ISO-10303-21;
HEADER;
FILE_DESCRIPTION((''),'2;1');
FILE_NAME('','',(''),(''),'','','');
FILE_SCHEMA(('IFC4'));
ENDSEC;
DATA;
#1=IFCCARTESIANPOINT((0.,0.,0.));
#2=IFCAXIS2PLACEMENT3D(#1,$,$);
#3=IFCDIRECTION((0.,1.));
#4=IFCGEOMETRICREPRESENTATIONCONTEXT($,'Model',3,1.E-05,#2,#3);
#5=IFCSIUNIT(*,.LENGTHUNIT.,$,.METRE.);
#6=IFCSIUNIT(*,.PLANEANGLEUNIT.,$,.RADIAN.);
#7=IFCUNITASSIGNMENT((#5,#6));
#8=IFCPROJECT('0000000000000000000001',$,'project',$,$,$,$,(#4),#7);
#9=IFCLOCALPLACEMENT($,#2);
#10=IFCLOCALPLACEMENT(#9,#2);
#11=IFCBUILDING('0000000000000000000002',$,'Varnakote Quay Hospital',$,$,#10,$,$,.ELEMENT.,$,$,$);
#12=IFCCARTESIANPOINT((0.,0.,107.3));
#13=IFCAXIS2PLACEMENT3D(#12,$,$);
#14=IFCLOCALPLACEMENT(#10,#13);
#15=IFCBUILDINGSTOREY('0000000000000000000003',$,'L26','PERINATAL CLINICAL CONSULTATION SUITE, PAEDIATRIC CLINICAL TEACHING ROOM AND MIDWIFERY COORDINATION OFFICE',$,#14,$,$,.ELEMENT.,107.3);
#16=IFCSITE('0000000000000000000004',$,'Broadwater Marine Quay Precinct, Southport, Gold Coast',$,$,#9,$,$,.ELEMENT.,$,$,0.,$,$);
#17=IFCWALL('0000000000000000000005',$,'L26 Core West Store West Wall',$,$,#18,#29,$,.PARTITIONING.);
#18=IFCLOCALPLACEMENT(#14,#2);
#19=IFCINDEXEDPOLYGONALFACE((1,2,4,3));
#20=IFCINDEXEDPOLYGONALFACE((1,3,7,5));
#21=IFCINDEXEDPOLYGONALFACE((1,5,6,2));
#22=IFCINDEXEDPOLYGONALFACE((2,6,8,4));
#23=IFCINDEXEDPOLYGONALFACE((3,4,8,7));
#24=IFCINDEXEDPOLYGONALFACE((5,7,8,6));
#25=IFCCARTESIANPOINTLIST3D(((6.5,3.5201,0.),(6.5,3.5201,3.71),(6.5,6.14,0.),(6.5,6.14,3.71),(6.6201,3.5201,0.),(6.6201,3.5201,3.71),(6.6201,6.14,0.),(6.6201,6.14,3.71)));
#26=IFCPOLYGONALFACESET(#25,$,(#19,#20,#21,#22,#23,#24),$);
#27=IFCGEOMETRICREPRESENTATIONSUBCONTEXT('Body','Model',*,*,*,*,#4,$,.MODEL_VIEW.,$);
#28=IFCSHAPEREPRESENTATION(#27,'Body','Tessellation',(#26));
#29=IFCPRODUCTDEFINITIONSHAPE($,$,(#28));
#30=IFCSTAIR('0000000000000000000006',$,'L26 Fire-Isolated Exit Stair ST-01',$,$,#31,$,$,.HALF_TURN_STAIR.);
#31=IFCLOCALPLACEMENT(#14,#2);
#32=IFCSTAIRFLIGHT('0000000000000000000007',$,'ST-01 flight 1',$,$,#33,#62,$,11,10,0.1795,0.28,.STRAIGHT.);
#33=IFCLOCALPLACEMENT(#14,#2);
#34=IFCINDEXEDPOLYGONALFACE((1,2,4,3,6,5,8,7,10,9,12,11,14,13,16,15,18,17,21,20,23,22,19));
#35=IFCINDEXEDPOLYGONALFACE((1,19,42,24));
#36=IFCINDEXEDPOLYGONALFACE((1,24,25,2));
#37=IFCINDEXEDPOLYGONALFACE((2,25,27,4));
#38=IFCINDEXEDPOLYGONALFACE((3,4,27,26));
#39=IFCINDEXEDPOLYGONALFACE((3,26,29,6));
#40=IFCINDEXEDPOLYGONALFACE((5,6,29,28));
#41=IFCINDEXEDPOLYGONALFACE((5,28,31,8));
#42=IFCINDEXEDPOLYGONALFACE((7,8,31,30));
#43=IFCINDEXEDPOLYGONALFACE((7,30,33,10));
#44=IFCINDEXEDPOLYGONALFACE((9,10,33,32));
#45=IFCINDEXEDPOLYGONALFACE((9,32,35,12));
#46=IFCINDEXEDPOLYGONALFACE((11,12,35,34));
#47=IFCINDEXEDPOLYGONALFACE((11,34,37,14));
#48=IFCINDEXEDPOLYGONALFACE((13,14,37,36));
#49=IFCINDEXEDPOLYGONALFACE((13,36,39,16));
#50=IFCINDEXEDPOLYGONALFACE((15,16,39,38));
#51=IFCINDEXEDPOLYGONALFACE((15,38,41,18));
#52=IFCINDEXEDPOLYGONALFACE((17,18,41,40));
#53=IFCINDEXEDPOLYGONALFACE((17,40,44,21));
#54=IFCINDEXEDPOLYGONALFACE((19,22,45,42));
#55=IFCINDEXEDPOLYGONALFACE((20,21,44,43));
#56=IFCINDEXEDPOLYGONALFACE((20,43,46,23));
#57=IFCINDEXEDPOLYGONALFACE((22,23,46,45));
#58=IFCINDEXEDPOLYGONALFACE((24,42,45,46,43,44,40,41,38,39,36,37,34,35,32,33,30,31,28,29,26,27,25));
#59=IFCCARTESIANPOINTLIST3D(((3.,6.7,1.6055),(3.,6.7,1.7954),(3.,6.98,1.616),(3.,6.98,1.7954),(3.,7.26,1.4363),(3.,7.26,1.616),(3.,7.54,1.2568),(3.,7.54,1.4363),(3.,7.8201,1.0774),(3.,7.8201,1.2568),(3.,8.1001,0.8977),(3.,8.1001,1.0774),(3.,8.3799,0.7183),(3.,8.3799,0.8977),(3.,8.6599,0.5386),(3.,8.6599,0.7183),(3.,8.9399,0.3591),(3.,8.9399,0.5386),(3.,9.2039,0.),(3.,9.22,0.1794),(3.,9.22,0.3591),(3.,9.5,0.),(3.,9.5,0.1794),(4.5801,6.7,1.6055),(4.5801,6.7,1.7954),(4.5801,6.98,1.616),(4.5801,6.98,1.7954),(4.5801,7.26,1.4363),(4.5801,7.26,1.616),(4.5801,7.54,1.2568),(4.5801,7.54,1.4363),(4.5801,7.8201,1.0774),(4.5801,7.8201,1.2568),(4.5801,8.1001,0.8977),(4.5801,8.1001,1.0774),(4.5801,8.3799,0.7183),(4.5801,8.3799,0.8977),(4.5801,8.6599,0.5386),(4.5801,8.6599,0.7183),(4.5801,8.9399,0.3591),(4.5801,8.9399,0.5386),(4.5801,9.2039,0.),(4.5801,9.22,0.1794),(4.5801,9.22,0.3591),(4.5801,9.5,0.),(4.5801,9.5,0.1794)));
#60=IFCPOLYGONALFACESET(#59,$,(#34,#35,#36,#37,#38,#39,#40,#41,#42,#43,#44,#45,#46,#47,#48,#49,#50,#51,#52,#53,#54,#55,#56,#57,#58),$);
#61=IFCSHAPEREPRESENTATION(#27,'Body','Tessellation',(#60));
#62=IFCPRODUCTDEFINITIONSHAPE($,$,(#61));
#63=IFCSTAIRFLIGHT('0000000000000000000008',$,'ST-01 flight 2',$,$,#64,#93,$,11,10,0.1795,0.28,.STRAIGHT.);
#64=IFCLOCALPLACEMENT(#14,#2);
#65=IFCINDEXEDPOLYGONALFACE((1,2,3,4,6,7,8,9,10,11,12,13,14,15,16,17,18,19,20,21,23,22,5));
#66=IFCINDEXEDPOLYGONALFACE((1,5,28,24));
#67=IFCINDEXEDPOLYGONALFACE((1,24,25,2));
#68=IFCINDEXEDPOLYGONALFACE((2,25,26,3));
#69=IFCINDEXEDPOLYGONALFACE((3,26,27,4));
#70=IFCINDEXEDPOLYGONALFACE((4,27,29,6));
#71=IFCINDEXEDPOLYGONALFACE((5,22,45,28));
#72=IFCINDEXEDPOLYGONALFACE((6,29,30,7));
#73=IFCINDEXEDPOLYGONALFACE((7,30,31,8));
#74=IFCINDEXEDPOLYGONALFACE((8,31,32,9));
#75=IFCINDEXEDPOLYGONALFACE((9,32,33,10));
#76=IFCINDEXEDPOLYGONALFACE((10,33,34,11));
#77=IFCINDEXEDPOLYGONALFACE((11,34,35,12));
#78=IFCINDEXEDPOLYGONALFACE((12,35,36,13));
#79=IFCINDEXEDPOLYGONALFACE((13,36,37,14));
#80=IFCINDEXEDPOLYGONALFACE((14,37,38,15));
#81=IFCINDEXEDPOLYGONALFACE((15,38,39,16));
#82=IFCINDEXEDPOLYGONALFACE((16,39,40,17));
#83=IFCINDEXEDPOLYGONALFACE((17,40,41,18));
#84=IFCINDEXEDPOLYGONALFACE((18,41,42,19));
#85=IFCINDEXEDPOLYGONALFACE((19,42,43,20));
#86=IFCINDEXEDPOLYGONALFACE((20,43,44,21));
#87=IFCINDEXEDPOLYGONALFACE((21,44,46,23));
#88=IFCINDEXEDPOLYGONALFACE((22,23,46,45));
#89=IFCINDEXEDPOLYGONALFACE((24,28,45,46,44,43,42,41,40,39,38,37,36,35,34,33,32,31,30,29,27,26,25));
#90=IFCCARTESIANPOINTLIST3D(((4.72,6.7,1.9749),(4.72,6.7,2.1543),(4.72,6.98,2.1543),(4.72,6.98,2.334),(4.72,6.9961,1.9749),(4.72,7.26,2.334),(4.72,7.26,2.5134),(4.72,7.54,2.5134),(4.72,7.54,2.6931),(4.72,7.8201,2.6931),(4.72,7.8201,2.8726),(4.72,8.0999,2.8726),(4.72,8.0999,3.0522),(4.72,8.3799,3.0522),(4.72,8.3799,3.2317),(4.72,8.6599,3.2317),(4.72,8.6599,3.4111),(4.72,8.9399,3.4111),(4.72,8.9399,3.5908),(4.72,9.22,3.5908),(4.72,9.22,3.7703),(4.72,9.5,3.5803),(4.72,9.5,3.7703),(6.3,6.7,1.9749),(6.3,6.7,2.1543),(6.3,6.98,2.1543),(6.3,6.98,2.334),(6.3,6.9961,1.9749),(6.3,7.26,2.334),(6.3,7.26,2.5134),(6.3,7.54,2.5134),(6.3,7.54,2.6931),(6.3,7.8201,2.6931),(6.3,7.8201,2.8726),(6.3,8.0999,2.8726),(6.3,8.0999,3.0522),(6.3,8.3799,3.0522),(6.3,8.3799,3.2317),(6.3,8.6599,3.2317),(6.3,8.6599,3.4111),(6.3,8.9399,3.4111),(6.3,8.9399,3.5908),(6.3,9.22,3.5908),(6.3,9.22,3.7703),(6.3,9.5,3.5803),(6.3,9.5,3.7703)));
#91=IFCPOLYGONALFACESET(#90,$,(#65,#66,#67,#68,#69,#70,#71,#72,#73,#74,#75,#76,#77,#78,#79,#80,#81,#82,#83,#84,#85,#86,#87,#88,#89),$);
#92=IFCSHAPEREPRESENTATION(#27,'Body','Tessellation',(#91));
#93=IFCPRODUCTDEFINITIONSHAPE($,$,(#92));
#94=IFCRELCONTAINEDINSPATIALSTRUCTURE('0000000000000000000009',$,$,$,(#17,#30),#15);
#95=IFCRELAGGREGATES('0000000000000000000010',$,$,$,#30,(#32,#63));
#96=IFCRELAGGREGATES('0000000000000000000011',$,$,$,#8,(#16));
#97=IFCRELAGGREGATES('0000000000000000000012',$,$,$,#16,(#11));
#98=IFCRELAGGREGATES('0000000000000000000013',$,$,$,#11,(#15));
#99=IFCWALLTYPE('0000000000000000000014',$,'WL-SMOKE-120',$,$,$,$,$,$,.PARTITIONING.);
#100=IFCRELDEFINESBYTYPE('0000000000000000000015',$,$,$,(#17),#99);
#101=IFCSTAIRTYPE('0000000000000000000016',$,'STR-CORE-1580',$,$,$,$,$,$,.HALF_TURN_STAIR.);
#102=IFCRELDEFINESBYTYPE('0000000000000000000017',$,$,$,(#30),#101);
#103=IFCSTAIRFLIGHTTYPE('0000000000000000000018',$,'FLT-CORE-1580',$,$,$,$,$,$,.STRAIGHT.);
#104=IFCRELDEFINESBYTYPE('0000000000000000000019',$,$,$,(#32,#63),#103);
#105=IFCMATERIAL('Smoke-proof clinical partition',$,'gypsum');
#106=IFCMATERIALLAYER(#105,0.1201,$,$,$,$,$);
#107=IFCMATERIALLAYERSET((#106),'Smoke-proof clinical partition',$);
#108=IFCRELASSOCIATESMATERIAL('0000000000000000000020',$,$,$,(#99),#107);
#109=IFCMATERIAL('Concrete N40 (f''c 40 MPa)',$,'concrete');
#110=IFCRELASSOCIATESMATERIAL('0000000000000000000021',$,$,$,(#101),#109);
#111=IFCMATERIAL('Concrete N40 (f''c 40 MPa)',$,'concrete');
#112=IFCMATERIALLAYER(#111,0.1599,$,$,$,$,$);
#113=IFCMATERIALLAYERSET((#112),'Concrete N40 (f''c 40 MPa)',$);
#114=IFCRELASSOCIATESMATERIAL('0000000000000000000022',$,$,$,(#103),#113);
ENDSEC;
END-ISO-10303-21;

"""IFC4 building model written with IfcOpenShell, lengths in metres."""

from ifc_helpers import new_model, si_unit, direction, frame, frame_2d, origin, place, context, subcontext, project, spatial, polyline, rectangle, outline, extrude, material, layer, layer_set, type_object, element, aggregate, save


model = new_model("IFC4")

# Units and contexts
model_context = context("Model", 3, precision=1e-05, world=origin(), true_north=direction((0.0, 1.0)))
body_context = subcontext(model_context, "Body", "Model", "MODEL_VIEW")
ifc_project = project(units=[si_unit("LENGTHUNIT", "METRE"), si_unit("PLANEANGLEUNIT", "RADIAN")], contexts=[model_context])

# Site, building, storey
site_placement = place(None, origin())
site = spatial("IfcSite", under=ifc_project, at=site_placement, Name="Broadwater Marine Quay Precinct, Southport, Gold Coast", CompositionType="ELEMENT", RefElevation=0.0)
building_placement = place(site_placement, origin())
building = spatial("IfcBuilding", under=site, at=building_placement, Name="Varnakote Quay Hospital", CompositionType="ELEMENT")
storey_placement = place(building_placement, frame((0.0, 0.0, 107.3)))
storey = spatial("IfcBuildingStorey", under=building, at=storey_placement, Name="L26", Description="PERINATAL CLINICAL CONSULTATION SUITE, PAEDIATRIC CLINICAL TEACHING ROOM AND MIDWIFERY COORDINATION OFFICE", CompositionType="ELEMENT", Elevation=107.3)

# Wall
ifc_material_1 = material(Name="Smoke-proof clinical partition", Category="gypsum")
ifc_layer_1 = layer(ifc_material_1, 0.1201)
ifc_layer_set_1 = layer_set([ifc_layer_1], Name="Smoke-proof clinical partition")
wall_type_1 = type_object("IfcWallType", Name="WL-SMOKE-120", PredefinedType="PARTITIONING", material=ifc_layer_set_1)
wall_1_placement = place(storey_placement, frame((6.5601, 3.52, 0.0), z_axis=(0.0, 0.0, 1.0), x_axis=(0.0, 1.0, 0.0)))
element("IfcWall", 1, at=wall_1_placement, inside=storey, type_object=wall_type_1, Name="L26 Core West Store West Wall", PredefinedType="PARTITIONING", context=body_context, shape_type="SweptSolid", body=[
    extrude(rectangle(XDim=2.6199, YDim=0.1201, at=frame_2d((1.3101, 0.0))), origin(), (0.0, 0.0, 1.0), 3.71),
])

# Stair, stair flights
ifc_material_2 = material(Name="Concrete N40 (f'c 40 MPa)", Category="concrete")
stair_type = type_object("IfcStairType", Name="STR-CORE-1580", PredefinedType="HALF_TURN_STAIR", material=ifc_material_2)
stair_placement = place(storey_placement, origin())
stair = element("IfcStair", 2, at=stair_placement, inside=storey, type_object=stair_type, Name="L26 Fire-Isolated Exit Stair ST-01", PredefinedType="HALF_TURN_STAIR")
ifc_material_3 = material(Name="Concrete N40 (f'c 40 MPa)", Category="concrete")
ifc_layer_2 = layer(ifc_material_3, 0.1599)
ifc_layer_set_2 = layer_set([ifc_layer_2], Name="Concrete N40 (f'c 40 MPa)")
stair_flight_type = type_object("IfcStairFlightType", Name="FLT-CORE-1580", PredefinedType="STRAIGHT", material=ifc_layer_set_2)
stair_flight_1_placement = place(storey_placement, frame((3.79, 9.5, 0.0), z_axis=(0.0, 0.0, 1.0), x_axis=(0.0, -1.0, 0.0)))
stair_flight_1 = element("IfcStairFlight", 3, at=stair_flight_1_placement, type_object=stair_flight_type, Name="ST-01 flight 1", NumberOfRisers=11, NumberOfTreads=10, PredefinedType="STRAIGHT", RiserHeight=0.1795, TreadLength=0.28, context=body_context, shape_type="SweptSolid", body=[
    extrude(outline(polyline([(0.0, 0.0), (0.0, 0.1794), (0.28, 0.1794), (0.28, 0.3591), (0.5601, 0.3591), (0.5601, 0.5386), (0.8401, 0.5386), (0.8401, 0.7183), (1.1201, 0.7183), (1.1201, 0.8977), (1.3999, 0.8977), (1.3999, 1.0774), (1.6799, 1.0774), (1.6799, 1.2568), (1.96, 1.2568), (1.96, 1.4363), (2.24, 1.4363), (2.24, 1.616), (2.52, 1.616), (2.52, 1.7954), (2.8, 1.7954), (2.8, 1.9751), (2.8, 1.6055), (0.2961, 0.0), (0.0, 0.0)])), frame((0.0, 0.79, 0.0), z_axis=(0.0, -1.0, 0.0), x_axis=(1.0, 0.0, 0.0)), (0.0, 0.0, 1.0), 1.5801),
])
stair_flight_2_placement = place(storey_placement, frame((5.51, 6.7, 1.9749), z_axis=(0.0, 0.0, 1.0), x_axis=(0.0, 1.0, 0.0)))
stair_flight_2 = element("IfcStairFlight", 4, at=stair_flight_2_placement, type_object=stair_flight_type, Name="ST-01 flight 2", NumberOfRisers=11, NumberOfTreads=10, PredefinedType="STRAIGHT", RiserHeight=0.1795, TreadLength=0.28, context=body_context, shape_type="SweptSolid", body=[
    extrude(outline(polyline([(0.0, 0.0), (0.0, 0.1794), (0.28, 0.1794), (0.28, 0.3591), (0.5601, 0.3591), (0.5601, 0.5386), (0.8401, 0.5386), (0.8401, 0.7183), (1.1201, 0.7183), (1.1201, 0.8977), (1.3999, 0.8977), (1.3999, 1.0774), (1.6799, 1.0774), (1.6799, 1.2568), (1.96, 1.2568), (1.96, 1.4363), (2.24, 1.4363), (2.24, 1.616), (2.52, 1.616), (2.52, 1.7954), (2.8, 1.7954), (2.8, 1.9751), (2.8, 1.6055), (0.2961, 0.0), (0.0, 0.0)])), frame((0.0, 0.79, 0.0), z_axis=(0.0, -1.0, 0.0), x_axis=(1.0, 0.0, 0.0)), (0.0, 0.0, 1.0), 1.5801),
])
aggregate(stair, [stair_flight_1, stair_flight_2])

save(model, "model.ifc")
